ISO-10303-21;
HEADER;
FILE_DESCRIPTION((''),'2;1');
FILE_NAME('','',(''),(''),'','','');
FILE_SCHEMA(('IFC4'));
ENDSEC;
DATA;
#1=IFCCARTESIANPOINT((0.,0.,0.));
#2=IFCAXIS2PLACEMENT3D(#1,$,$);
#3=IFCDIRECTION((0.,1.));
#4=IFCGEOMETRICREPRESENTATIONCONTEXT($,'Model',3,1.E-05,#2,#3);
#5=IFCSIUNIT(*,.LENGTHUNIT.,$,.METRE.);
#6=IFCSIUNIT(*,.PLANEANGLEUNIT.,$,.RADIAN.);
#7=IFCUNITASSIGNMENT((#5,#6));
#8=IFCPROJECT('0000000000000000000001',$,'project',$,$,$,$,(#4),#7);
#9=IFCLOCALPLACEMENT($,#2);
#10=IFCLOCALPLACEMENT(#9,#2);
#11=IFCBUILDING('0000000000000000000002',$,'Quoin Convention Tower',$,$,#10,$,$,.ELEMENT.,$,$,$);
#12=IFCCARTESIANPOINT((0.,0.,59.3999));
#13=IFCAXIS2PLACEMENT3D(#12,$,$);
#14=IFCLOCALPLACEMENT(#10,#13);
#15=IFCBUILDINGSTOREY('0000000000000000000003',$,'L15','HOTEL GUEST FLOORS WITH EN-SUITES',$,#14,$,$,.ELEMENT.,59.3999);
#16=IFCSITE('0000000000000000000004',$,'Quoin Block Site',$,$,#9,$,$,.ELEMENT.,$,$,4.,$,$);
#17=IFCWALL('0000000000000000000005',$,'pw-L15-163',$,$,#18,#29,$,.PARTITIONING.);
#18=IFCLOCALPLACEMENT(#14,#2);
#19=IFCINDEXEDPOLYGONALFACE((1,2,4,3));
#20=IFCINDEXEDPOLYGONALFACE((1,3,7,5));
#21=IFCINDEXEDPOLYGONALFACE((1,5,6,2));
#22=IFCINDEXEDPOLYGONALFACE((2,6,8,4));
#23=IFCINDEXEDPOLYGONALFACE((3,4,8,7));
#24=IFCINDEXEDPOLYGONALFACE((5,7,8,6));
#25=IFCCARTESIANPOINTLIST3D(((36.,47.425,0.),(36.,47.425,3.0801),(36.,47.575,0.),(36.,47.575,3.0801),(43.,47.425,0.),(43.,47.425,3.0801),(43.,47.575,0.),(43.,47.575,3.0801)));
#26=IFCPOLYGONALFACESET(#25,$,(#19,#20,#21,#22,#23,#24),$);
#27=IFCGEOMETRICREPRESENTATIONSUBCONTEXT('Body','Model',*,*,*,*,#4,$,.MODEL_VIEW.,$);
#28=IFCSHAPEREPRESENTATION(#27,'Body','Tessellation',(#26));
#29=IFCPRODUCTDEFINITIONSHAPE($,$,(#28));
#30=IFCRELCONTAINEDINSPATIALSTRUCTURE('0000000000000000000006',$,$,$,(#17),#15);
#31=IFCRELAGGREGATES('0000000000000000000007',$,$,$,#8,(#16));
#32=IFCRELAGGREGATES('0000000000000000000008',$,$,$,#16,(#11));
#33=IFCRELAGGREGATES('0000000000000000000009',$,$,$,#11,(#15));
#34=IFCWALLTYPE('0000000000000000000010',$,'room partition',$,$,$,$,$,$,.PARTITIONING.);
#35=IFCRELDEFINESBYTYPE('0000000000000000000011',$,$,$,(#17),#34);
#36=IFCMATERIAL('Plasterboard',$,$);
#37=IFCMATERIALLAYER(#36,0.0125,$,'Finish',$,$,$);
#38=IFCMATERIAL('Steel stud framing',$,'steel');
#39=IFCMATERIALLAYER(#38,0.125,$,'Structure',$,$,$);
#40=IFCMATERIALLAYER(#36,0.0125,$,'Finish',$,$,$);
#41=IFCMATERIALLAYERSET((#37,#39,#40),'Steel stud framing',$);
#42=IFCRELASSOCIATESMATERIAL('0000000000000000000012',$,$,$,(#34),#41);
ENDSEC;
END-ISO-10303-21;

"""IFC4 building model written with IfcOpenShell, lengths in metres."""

from ifc_helpers import new_model, si_unit, direction, frame, frame_2d, origin, place, context, subcontext, project, spatial, rectangle, extrude, material, layer, layer_set, type_object, element, save


model = new_model("IFC4")

# Units and contexts
model_context = context("Model", 3, precision=1e-05, world=origin(), true_north=direction((0.0, 1.0)))
body_context = subcontext(model_context, "Body", "Model", "MODEL_VIEW")
ifc_project = project(units=[si_unit("LENGTHUNIT", "METRE"), si_unit("PLANEANGLEUNIT", "RADIAN")], contexts=[model_context])

# Site, building, storey
site_placement = place(None, origin())
site = spatial("IfcSite", under=ifc_project, at=site_placement, Name="Quoin Block Site", CompositionType="ELEMENT", RefElevation=4.0)
building_placement = place(site_placement, origin())
building = spatial("IfcBuilding", under=site, at=building_placement, Name="Quoin Convention Tower", CompositionType="ELEMENT")
storey_placement = place(building_placement, frame((0.0, 0.0, 59.3999)))
storey = spatial("IfcBuildingStorey", under=building, at=storey_placement, Name="L15", Description="HOTEL GUEST FLOORS WITH EN-SUITES", CompositionType="ELEMENT", Elevation=59.3999)

# Shared definitions
ifc_material_1 = material(Name="Plasterboard")
ifc_material_2 = material(Name="Steel stud framing", Category="steel")

# Wall
ifc_layer_1 = layer(ifc_material_1, 0.0125, Name="Finish")
ifc_layer_2 = layer(ifc_material_2, 0.125, Name="Structure")
ifc_layer_3 = layer(ifc_material_1, 0.0125, Name="Finish")
ifc_layer_set_1 = layer_set([ifc_layer_1, ifc_layer_2, ifc_layer_3], Name="Steel stud framing")
wall_type_1 = type_object("IfcWallType", Name="room partition", PredefinedType="PARTITIONING", material=ifc_layer_set_1)
wall_1_placement = place(storey_placement, frame((36.0, 47.5, 0.0), z_axis=(0.0, 0.0, 1.0), x_axis=(1.0, 0.0, 0.0)))
element("IfcWall", 1, at=wall_1_placement, inside=storey, type_object=wall_type_1, Name="pw-L15-163", PredefinedType="PARTITIONING", context=body_context, shape_type="SweptSolid", body=[
    extrude(rectangle(XDim=7.0, YDim=0.1499, at=frame_2d((3.5, 0.0))), origin(), (0.0, 0.0, 1.0), 3.0801),
])

save(model, "model.ifc")
